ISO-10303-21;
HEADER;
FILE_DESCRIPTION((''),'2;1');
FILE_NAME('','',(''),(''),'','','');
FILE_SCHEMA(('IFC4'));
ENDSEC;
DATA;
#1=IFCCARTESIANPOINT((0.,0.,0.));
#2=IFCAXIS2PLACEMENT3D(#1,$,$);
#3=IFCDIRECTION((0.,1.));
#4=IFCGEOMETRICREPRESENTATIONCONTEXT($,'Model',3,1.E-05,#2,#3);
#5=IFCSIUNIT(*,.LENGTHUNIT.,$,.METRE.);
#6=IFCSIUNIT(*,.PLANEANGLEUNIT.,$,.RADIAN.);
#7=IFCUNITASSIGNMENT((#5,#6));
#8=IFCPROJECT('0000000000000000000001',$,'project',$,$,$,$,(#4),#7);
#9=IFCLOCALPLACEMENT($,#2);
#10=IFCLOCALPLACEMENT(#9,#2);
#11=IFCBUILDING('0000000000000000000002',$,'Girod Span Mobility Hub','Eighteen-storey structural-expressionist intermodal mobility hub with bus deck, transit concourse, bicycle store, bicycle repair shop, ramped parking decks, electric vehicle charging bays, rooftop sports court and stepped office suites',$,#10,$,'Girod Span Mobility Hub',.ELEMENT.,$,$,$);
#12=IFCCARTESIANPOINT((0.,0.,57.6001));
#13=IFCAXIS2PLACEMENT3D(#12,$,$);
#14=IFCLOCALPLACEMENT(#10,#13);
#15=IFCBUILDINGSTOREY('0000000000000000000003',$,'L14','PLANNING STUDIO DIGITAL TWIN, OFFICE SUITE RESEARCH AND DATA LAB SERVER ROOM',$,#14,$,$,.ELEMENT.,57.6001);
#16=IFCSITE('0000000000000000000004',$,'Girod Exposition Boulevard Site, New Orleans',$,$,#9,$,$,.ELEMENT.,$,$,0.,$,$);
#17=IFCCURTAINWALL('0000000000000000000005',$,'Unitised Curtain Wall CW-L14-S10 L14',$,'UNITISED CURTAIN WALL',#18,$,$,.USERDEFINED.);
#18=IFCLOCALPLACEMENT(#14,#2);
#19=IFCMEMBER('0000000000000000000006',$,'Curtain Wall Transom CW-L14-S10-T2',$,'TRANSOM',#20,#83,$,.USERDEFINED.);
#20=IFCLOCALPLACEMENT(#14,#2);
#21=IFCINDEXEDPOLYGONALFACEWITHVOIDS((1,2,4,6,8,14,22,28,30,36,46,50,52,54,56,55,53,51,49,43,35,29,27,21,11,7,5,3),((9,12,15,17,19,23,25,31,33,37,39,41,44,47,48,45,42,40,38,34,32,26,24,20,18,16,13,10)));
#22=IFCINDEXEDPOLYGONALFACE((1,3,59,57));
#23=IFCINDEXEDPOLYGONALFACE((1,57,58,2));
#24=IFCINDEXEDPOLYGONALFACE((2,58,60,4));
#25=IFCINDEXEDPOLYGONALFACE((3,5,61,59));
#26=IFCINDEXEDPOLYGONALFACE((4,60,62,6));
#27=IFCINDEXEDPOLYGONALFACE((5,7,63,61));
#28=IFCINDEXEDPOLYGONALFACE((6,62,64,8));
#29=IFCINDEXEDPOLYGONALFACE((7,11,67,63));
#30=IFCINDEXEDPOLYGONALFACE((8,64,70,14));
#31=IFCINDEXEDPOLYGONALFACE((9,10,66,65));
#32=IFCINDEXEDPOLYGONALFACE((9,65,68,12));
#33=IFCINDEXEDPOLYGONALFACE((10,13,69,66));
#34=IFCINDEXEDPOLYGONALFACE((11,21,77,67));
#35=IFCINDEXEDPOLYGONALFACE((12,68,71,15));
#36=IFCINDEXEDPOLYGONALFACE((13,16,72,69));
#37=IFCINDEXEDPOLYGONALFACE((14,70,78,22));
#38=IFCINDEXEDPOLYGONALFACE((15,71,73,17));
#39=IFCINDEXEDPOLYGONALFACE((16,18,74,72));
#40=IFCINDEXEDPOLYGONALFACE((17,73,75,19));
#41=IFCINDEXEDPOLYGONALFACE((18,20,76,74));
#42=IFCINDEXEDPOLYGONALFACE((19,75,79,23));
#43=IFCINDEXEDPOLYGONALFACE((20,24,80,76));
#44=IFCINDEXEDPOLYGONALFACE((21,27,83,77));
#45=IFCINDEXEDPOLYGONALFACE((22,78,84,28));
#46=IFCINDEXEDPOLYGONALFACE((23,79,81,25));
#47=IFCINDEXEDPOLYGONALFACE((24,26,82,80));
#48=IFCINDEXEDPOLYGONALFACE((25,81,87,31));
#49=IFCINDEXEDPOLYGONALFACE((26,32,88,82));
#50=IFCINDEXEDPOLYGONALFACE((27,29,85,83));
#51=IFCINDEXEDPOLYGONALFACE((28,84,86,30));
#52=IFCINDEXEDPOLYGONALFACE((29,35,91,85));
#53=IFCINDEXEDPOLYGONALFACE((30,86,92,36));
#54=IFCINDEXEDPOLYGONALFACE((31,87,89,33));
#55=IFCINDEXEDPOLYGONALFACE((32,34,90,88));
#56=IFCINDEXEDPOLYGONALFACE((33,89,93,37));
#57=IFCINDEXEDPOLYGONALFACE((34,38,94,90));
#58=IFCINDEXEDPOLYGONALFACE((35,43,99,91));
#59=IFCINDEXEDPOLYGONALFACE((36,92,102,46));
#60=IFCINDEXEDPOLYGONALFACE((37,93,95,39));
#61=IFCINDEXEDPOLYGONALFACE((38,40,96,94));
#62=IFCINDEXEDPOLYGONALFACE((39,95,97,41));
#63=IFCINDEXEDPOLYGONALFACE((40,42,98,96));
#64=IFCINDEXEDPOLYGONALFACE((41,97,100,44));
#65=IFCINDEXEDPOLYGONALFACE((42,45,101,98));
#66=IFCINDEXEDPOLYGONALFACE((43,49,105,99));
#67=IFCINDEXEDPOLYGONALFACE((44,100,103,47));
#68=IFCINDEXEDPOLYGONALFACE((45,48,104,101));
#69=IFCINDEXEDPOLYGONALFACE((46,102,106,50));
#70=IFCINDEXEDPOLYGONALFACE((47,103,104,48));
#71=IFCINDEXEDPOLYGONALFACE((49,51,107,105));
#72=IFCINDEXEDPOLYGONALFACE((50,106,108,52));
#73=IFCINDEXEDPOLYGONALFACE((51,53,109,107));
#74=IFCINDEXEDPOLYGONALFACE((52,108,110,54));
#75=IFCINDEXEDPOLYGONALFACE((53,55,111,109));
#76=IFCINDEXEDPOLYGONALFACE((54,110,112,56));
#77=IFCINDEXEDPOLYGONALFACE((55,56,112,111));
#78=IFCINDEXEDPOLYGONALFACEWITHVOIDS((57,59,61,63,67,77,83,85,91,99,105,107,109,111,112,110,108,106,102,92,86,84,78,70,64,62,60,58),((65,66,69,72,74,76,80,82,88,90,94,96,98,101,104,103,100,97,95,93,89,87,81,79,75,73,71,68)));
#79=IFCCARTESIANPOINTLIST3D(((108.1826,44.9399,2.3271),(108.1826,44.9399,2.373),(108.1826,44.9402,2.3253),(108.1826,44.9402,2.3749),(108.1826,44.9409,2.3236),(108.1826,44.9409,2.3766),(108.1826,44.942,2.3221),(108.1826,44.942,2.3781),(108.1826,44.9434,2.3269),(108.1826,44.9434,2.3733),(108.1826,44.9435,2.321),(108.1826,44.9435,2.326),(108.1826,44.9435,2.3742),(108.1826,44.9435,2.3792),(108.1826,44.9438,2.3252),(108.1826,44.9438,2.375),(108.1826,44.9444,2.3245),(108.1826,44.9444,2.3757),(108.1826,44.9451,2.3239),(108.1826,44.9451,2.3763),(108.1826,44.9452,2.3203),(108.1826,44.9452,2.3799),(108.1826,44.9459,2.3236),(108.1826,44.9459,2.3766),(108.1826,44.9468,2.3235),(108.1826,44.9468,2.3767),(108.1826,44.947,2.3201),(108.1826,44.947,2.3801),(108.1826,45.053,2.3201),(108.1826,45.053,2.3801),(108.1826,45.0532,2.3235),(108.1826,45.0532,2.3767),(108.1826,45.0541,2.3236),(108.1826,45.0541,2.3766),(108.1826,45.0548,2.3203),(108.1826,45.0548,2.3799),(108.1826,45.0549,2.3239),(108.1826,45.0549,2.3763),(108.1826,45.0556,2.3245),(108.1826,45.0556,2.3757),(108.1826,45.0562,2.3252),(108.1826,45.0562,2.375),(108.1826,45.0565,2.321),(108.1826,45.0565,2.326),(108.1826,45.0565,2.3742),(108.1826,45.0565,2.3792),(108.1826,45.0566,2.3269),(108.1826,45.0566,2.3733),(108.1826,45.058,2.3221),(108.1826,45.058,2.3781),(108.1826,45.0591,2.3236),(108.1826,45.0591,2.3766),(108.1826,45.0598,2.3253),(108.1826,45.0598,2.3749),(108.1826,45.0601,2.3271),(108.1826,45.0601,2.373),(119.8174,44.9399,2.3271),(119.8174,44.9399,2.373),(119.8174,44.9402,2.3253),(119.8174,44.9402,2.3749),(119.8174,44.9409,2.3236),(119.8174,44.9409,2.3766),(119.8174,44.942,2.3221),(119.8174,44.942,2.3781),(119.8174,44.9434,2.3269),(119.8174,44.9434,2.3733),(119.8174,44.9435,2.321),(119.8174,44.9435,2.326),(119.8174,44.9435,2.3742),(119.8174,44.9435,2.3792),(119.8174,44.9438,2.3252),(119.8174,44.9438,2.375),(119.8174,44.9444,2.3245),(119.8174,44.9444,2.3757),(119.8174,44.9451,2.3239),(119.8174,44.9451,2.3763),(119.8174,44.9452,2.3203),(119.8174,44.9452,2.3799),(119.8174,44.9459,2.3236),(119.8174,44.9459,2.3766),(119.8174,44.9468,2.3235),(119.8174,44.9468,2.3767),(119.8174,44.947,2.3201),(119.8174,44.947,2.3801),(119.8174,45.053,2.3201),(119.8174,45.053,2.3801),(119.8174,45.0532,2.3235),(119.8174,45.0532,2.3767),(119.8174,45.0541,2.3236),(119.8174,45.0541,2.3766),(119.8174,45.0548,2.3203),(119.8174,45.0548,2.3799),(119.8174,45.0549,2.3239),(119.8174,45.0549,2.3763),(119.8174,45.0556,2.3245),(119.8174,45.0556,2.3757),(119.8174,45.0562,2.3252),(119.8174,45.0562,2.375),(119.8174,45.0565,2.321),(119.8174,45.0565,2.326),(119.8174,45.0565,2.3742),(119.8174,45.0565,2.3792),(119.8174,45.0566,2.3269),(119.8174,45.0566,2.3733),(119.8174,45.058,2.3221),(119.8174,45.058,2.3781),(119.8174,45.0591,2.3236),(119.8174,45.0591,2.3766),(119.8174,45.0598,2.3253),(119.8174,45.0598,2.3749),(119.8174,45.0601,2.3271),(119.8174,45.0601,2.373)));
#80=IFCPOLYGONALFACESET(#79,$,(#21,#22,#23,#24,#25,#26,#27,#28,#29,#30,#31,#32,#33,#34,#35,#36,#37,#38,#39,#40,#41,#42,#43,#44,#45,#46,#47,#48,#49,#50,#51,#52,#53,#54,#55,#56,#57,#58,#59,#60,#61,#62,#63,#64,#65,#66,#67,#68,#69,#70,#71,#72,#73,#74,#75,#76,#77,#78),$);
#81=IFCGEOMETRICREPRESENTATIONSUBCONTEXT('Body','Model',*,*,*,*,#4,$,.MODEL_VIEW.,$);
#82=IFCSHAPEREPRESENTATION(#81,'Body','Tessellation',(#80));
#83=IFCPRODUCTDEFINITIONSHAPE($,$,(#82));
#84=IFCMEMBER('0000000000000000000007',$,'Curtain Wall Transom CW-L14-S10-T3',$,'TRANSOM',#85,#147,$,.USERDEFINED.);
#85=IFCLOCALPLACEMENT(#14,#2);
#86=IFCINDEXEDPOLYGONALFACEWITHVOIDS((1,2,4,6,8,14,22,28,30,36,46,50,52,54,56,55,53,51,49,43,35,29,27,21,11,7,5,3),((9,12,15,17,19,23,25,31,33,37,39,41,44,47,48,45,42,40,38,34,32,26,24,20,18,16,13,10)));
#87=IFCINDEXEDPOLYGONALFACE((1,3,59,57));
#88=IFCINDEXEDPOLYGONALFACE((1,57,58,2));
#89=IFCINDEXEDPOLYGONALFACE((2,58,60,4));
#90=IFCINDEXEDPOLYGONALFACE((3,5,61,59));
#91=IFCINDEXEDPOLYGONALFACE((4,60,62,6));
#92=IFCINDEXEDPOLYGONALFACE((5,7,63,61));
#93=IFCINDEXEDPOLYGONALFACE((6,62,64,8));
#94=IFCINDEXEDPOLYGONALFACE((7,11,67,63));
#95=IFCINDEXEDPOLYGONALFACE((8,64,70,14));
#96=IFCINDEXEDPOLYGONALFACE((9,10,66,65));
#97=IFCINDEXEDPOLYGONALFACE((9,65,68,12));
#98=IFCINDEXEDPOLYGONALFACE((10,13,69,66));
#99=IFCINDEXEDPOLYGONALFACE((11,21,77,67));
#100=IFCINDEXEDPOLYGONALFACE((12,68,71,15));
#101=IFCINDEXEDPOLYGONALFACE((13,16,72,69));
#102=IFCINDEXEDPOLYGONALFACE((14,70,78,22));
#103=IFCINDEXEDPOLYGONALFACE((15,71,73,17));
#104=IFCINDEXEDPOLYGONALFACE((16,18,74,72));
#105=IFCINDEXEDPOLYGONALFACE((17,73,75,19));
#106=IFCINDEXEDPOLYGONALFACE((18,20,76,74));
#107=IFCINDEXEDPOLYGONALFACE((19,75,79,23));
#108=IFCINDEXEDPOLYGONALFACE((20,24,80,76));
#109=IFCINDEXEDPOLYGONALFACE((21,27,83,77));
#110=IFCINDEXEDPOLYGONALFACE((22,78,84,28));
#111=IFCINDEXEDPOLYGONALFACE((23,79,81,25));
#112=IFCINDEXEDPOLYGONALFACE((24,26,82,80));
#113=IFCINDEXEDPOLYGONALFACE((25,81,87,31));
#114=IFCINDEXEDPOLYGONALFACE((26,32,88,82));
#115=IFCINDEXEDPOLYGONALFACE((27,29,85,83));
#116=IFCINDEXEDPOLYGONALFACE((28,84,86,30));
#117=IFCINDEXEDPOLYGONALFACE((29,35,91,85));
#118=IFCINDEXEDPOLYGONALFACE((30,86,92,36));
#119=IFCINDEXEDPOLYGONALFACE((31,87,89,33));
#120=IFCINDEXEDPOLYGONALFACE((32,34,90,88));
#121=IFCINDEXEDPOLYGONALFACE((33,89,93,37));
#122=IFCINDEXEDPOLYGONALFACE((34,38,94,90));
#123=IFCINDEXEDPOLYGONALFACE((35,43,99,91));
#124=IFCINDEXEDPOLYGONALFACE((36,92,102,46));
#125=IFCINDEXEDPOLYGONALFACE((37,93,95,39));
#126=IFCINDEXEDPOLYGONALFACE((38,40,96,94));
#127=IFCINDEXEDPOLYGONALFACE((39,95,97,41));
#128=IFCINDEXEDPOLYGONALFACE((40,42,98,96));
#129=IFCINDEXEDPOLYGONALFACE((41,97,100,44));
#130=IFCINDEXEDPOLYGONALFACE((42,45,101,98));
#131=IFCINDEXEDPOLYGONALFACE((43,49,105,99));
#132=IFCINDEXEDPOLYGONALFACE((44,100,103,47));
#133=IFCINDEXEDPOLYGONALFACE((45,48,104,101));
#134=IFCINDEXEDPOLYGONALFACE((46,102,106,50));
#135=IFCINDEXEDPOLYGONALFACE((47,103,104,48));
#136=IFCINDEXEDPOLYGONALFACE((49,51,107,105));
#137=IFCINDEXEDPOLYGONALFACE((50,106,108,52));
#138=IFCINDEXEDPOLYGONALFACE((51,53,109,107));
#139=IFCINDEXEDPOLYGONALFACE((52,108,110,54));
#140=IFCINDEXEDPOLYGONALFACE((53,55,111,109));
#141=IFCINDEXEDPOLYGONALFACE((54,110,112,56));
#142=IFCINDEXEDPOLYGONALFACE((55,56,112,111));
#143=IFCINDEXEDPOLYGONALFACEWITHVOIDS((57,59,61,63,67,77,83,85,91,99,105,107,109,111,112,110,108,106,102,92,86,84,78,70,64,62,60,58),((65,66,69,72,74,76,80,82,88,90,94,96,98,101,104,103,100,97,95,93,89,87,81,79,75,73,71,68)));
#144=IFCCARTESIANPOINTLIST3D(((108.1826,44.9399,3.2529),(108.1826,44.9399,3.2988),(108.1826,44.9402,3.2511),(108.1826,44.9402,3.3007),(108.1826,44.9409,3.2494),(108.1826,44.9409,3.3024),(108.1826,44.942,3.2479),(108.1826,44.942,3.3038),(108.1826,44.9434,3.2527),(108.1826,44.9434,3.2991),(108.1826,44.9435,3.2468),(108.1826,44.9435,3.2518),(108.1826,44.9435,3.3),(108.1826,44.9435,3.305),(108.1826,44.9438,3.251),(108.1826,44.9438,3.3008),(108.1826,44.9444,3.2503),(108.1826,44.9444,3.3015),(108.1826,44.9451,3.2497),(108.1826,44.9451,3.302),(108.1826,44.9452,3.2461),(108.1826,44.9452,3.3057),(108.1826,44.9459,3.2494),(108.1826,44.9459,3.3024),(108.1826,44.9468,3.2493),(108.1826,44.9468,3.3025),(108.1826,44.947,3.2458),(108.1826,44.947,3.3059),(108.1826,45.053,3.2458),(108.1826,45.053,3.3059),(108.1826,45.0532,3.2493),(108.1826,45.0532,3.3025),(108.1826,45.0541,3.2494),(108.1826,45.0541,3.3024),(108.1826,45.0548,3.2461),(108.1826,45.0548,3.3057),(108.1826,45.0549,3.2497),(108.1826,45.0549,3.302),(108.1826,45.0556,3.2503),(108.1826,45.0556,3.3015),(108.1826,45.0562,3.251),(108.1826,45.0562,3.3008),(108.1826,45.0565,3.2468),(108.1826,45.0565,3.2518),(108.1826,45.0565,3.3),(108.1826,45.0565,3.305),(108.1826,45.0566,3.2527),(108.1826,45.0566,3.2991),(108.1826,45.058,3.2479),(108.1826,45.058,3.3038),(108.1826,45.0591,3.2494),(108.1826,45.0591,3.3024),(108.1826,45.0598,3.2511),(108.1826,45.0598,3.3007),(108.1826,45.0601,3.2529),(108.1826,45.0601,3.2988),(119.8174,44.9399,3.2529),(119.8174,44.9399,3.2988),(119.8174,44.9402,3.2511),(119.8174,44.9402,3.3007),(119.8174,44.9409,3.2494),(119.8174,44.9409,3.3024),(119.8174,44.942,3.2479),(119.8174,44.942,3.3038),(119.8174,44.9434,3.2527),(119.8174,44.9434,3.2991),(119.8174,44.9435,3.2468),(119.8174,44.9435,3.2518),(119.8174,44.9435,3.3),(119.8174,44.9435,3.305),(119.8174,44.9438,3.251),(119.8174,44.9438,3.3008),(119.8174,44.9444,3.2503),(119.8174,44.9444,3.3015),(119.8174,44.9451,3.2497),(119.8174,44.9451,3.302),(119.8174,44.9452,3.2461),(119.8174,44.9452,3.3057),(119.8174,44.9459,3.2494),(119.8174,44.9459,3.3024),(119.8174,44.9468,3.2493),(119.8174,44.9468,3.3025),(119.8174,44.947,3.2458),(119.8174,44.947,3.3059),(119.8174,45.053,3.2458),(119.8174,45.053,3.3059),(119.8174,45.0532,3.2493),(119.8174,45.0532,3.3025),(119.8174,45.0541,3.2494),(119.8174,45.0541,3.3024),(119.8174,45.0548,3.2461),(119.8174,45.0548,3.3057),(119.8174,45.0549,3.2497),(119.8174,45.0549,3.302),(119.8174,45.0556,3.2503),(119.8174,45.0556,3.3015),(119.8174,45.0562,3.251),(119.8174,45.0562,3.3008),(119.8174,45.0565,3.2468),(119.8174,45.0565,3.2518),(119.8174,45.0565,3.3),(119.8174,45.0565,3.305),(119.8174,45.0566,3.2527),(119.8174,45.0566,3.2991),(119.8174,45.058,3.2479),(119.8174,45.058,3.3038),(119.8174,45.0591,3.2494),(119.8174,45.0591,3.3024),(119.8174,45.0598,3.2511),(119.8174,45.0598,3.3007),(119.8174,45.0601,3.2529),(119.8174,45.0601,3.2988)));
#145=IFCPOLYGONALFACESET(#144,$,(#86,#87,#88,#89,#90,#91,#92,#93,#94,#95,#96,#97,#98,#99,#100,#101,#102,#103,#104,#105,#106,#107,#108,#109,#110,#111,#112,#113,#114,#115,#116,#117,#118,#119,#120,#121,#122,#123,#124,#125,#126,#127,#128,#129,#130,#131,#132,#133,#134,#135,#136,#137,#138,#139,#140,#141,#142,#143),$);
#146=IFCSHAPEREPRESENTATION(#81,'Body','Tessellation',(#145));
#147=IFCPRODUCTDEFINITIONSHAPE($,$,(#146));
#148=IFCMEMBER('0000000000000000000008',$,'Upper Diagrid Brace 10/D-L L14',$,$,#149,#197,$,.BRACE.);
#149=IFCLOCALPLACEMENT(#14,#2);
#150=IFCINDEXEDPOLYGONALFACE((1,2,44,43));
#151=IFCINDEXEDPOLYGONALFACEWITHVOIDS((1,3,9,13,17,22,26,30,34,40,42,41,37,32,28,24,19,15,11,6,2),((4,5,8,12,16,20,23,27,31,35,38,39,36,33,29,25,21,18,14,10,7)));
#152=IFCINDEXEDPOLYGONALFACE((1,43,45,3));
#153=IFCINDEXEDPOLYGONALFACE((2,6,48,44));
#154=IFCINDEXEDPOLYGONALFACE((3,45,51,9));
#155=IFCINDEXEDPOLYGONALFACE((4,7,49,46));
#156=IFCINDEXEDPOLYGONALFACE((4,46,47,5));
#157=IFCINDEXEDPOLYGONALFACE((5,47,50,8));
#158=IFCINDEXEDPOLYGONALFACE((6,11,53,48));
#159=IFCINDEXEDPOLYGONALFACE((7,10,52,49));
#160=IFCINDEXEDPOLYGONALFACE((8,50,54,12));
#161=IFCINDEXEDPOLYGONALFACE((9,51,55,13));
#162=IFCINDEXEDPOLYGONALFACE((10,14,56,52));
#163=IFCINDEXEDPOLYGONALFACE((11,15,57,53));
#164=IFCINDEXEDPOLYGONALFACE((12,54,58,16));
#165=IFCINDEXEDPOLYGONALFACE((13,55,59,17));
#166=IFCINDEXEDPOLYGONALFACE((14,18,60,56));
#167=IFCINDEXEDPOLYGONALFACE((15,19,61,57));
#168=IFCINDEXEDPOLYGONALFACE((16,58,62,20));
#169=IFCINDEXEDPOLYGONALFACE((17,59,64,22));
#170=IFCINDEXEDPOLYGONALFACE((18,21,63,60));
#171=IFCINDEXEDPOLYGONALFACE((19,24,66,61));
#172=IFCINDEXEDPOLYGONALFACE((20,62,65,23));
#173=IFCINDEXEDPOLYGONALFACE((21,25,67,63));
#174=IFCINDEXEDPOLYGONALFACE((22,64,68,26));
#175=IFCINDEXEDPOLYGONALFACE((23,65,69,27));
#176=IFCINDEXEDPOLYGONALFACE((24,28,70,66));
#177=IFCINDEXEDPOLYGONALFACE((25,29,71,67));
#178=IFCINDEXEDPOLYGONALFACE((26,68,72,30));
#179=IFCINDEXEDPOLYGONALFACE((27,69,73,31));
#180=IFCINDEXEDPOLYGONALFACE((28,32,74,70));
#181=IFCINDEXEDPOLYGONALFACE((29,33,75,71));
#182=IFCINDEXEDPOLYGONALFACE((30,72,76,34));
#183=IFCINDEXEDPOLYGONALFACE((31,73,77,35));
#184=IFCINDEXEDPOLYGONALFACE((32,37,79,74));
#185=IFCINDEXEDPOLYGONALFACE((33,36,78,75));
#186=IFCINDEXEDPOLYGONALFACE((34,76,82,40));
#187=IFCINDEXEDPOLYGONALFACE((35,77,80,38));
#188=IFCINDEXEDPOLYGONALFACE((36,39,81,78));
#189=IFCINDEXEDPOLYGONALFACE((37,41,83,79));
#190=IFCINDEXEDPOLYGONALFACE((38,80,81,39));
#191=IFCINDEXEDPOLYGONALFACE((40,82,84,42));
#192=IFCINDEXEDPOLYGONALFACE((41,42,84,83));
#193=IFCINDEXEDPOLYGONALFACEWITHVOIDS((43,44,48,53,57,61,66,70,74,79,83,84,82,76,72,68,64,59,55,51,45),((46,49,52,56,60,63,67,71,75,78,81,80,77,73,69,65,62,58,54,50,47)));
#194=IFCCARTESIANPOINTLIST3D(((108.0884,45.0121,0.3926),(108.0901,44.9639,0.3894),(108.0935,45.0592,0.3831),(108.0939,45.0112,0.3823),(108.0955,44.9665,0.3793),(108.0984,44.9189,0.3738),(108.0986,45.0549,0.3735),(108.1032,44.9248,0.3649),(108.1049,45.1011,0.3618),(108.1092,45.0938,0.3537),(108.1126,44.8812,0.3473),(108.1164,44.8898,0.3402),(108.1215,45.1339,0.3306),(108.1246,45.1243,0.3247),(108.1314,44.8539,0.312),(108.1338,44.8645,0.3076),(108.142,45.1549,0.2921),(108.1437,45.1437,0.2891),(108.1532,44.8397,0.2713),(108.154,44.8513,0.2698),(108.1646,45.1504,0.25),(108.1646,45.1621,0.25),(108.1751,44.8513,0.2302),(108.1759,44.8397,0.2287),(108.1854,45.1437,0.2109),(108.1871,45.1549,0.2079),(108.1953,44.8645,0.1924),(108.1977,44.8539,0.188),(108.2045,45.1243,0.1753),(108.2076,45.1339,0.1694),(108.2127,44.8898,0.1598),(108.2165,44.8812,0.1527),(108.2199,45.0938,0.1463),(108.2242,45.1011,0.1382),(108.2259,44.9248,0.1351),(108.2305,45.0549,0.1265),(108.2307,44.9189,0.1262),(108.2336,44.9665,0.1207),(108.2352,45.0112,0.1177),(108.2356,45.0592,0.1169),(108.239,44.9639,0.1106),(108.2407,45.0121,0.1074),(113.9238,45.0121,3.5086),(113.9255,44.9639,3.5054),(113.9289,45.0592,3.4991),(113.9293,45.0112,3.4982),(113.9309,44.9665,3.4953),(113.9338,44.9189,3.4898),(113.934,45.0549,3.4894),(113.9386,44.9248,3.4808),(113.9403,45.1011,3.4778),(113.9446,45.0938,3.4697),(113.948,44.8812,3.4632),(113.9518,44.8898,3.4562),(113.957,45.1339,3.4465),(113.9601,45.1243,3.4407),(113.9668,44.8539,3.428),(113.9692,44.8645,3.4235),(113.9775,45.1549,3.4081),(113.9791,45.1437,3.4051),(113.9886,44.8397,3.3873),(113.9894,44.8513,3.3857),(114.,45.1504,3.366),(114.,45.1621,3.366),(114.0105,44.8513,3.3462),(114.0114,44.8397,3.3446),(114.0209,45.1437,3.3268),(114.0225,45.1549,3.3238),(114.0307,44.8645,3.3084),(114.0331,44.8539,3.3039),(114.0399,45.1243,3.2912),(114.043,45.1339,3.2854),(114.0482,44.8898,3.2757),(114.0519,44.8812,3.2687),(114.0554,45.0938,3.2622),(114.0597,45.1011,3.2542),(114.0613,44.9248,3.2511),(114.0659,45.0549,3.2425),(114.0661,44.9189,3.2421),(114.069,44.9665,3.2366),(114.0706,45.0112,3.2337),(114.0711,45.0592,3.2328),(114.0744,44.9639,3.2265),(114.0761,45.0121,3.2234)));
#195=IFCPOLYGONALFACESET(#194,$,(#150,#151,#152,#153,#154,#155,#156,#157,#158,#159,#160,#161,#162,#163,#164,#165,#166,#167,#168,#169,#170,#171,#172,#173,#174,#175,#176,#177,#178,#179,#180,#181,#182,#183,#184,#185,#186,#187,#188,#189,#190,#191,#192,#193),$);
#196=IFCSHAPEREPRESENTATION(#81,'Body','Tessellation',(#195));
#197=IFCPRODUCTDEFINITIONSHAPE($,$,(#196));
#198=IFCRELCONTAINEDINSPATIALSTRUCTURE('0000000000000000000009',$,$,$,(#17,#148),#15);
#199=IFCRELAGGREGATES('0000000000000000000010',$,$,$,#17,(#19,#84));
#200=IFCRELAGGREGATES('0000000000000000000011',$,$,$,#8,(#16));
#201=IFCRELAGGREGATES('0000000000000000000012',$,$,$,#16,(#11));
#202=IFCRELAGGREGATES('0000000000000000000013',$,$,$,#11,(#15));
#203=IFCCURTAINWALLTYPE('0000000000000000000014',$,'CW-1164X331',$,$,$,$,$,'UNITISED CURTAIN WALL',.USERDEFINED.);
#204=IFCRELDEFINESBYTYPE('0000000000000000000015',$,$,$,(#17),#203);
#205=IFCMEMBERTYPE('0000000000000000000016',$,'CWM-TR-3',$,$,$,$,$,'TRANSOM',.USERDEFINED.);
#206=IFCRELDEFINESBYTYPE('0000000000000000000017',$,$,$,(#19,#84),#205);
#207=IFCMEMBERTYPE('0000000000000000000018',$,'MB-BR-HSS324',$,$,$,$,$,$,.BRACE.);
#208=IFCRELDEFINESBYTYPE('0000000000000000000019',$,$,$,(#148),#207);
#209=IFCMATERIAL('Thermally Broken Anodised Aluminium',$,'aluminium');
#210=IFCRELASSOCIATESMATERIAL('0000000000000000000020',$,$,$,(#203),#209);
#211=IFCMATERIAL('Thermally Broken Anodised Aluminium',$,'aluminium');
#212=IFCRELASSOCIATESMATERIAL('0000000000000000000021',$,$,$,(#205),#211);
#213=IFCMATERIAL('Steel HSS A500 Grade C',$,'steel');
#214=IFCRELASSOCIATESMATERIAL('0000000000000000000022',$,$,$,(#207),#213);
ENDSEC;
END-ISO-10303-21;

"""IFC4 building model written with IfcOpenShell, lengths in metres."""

from ifc_helpers import new_model, si_unit, direction, frame, origin, origin_2d, place, context, subcontext, project, spatial, hollow_rectangle, hollow_circle, extrude, material, material_profile, profile_set, type_object, element, aggregate, save


model = new_model("IFC4")

# Units and contexts
model_context = context("Model", 3, precision=1e-05, world=origin(), true_north=direction((0.0, 1.0)))
body_context = subcontext(model_context, "Body", "Model", "MODEL_VIEW")
ifc_project = project(units=[si_unit("LENGTHUNIT", "METRE"), si_unit("PLANEANGLEUNIT", "RADIAN")], contexts=[model_context])

# Site, building, storey
site_placement = place(None, origin())
site = spatial("IfcSite", under=ifc_project, at=site_placement, Name="Girod Exposition Boulevard Site, New Orleans", CompositionType="ELEMENT", RefElevation=0.0)
building_placement = place(site_placement, origin())
building = spatial("IfcBuilding", under=site, at=building_placement, Name="Girod Span Mobility Hub", Description="Eighteen-storey structural-expressionist intermodal mobility hub with bus deck, transit concourse, bicycle store, bicycle repair shop, ramped parking decks, electric vehicle charging bays, rooftop sports court and stepped office suites", LongName="Girod Span Mobility Hub", CompositionType="ELEMENT")
storey_placement = place(building_placement, frame((0.0, 0.0, 57.6001)))
storey = spatial("IfcBuildingStorey", under=building, at=storey_placement, Name="L14", Description="PLANNING STUDIO DIGITAL TWIN, OFFICE SUITE RESEARCH AND DATA LAB SERVER ROOM", CompositionType="ELEMENT", Elevation=57.6001)

# Curtain wall, members
ifc_material_1 = material(Name="Thermally Broken Anodised Aluminium", Category="aluminium")
curtain_wall_type = type_object("IfcCurtainWallType", Name="CW-1164X331", ElementType="UNITISED CURTAIN WALL", PredefinedType="USERDEFINED", material=ifc_material_1)
curtain_wall_1_placement = place(storey_placement, origin())
curtain_wall_1 = element("IfcCurtainWall", 1, at=curtain_wall_1_placement, inside=storey, type_object=curtain_wall_type, Name="Unitised Curtain Wall CW-L14-S10 L14", ObjectType="UNITISED CURTAIN WALL", PredefinedType="USERDEFINED")
ifc_material_2 = material(Name="Thermally Broken Anodised Aluminium", Category="aluminium")
ifc_material_profile_1 = material_profile(ifc_material_2, hollow_rectangle(XDim=0.1201, YDim=0.0601, WallThickness=0.0034, InnerFilletRadius=0.0034, OuterFilletRadius=0.0071, at=origin_2d()), Name="CW-TR-60X120")
ifc_profile_set_1 = profile_set([ifc_material_profile_1], Name="Thermally Broken Anodised Aluminium")
member_type_1 = type_object("IfcMemberType", Name="CWM-TR-3", ElementType="TRANSOM", PredefinedType="USERDEFINED", material=ifc_profile_set_1)
member_1_placement = place(storey_placement, frame((108.1826, 45.0, 2.3501), z_axis=(1.0, 0.0, 0.0), x_axis=(0.0, 1.0, 0.0)))
member_1 = element("IfcMember", 2, at=member_1_placement, type_object=member_type_1, Name="Curtain Wall Transom CW-L14-S10-T2", ObjectType="TRANSOM", PredefinedType="USERDEFINED", context=body_context, shape_type="SweptSolid", body=[
    extrude(hollow_rectangle(XDim=0.1201, YDim=0.0601, WallThickness=0.0034, InnerFilletRadius=0.0034, OuterFilletRadius=0.0071, at=origin_2d()), origin(), (0.0, 0.0, 1.0), 11.6348),
])
member_2_placement = place(storey_placement, frame((108.1826, 45.0, 3.2759), z_axis=(1.0, 0.0, 0.0), x_axis=(0.0, 1.0, 0.0)))
member_2 = element("IfcMember", 3, at=member_2_placement, type_object=member_type_1, Name="Curtain Wall Transom CW-L14-S10-T3", ObjectType="TRANSOM", PredefinedType="USERDEFINED", context=body_context, shape_type="SweptSolid", body=[
    extrude(hollow_rectangle(XDim=0.1201, YDim=0.0601, WallThickness=0.0034, InnerFilletRadius=0.0034, OuterFilletRadius=0.0071, at=origin_2d()), origin(), (0.0, 0.0, 1.0), 11.6348),
])

# Member
ifc_material_3 = material(Name="Steel HSS A500 Grade C", Category="steel")
ifc_material_profile_2 = material_profile(ifc_material_3, hollow_circle(Radius=0.1621, WallThickness=0.0117, at=origin_2d()), Name="HSS324X12.7")
ifc_profile_set_2 = profile_set([ifc_material_profile_2], Name="Steel HSS A500 Grade C")
member_type_2 = type_object("IfcMemberType", Name="MB-BR-HSS324", PredefinedType="BRACE", material=ifc_profile_set_2)
member_3_placement = place(storey_placement, frame((108.1646, 45.0, 0.25), z_axis=(0.882119, 0.0, 0.471027), x_axis=(0.0, 1.0, 0.0)))
element("IfcMember", 4, at=member_3_placement, inside=storey, type_object=member_type_2, Name="Upper Diagrid Brace 10/D-L L14", PredefinedType="BRACE", context=body_context, shape_type="SweptSolid", body=[
    extrude(hollow_circle(Radius=0.1621, WallThickness=0.0117, at=origin_2d()), origin(), (0.0, 0.0, 1.0), 6.6152),
])

aggregate(curtain_wall_1, [member_1, member_2])

save(model, "model.ifc")
